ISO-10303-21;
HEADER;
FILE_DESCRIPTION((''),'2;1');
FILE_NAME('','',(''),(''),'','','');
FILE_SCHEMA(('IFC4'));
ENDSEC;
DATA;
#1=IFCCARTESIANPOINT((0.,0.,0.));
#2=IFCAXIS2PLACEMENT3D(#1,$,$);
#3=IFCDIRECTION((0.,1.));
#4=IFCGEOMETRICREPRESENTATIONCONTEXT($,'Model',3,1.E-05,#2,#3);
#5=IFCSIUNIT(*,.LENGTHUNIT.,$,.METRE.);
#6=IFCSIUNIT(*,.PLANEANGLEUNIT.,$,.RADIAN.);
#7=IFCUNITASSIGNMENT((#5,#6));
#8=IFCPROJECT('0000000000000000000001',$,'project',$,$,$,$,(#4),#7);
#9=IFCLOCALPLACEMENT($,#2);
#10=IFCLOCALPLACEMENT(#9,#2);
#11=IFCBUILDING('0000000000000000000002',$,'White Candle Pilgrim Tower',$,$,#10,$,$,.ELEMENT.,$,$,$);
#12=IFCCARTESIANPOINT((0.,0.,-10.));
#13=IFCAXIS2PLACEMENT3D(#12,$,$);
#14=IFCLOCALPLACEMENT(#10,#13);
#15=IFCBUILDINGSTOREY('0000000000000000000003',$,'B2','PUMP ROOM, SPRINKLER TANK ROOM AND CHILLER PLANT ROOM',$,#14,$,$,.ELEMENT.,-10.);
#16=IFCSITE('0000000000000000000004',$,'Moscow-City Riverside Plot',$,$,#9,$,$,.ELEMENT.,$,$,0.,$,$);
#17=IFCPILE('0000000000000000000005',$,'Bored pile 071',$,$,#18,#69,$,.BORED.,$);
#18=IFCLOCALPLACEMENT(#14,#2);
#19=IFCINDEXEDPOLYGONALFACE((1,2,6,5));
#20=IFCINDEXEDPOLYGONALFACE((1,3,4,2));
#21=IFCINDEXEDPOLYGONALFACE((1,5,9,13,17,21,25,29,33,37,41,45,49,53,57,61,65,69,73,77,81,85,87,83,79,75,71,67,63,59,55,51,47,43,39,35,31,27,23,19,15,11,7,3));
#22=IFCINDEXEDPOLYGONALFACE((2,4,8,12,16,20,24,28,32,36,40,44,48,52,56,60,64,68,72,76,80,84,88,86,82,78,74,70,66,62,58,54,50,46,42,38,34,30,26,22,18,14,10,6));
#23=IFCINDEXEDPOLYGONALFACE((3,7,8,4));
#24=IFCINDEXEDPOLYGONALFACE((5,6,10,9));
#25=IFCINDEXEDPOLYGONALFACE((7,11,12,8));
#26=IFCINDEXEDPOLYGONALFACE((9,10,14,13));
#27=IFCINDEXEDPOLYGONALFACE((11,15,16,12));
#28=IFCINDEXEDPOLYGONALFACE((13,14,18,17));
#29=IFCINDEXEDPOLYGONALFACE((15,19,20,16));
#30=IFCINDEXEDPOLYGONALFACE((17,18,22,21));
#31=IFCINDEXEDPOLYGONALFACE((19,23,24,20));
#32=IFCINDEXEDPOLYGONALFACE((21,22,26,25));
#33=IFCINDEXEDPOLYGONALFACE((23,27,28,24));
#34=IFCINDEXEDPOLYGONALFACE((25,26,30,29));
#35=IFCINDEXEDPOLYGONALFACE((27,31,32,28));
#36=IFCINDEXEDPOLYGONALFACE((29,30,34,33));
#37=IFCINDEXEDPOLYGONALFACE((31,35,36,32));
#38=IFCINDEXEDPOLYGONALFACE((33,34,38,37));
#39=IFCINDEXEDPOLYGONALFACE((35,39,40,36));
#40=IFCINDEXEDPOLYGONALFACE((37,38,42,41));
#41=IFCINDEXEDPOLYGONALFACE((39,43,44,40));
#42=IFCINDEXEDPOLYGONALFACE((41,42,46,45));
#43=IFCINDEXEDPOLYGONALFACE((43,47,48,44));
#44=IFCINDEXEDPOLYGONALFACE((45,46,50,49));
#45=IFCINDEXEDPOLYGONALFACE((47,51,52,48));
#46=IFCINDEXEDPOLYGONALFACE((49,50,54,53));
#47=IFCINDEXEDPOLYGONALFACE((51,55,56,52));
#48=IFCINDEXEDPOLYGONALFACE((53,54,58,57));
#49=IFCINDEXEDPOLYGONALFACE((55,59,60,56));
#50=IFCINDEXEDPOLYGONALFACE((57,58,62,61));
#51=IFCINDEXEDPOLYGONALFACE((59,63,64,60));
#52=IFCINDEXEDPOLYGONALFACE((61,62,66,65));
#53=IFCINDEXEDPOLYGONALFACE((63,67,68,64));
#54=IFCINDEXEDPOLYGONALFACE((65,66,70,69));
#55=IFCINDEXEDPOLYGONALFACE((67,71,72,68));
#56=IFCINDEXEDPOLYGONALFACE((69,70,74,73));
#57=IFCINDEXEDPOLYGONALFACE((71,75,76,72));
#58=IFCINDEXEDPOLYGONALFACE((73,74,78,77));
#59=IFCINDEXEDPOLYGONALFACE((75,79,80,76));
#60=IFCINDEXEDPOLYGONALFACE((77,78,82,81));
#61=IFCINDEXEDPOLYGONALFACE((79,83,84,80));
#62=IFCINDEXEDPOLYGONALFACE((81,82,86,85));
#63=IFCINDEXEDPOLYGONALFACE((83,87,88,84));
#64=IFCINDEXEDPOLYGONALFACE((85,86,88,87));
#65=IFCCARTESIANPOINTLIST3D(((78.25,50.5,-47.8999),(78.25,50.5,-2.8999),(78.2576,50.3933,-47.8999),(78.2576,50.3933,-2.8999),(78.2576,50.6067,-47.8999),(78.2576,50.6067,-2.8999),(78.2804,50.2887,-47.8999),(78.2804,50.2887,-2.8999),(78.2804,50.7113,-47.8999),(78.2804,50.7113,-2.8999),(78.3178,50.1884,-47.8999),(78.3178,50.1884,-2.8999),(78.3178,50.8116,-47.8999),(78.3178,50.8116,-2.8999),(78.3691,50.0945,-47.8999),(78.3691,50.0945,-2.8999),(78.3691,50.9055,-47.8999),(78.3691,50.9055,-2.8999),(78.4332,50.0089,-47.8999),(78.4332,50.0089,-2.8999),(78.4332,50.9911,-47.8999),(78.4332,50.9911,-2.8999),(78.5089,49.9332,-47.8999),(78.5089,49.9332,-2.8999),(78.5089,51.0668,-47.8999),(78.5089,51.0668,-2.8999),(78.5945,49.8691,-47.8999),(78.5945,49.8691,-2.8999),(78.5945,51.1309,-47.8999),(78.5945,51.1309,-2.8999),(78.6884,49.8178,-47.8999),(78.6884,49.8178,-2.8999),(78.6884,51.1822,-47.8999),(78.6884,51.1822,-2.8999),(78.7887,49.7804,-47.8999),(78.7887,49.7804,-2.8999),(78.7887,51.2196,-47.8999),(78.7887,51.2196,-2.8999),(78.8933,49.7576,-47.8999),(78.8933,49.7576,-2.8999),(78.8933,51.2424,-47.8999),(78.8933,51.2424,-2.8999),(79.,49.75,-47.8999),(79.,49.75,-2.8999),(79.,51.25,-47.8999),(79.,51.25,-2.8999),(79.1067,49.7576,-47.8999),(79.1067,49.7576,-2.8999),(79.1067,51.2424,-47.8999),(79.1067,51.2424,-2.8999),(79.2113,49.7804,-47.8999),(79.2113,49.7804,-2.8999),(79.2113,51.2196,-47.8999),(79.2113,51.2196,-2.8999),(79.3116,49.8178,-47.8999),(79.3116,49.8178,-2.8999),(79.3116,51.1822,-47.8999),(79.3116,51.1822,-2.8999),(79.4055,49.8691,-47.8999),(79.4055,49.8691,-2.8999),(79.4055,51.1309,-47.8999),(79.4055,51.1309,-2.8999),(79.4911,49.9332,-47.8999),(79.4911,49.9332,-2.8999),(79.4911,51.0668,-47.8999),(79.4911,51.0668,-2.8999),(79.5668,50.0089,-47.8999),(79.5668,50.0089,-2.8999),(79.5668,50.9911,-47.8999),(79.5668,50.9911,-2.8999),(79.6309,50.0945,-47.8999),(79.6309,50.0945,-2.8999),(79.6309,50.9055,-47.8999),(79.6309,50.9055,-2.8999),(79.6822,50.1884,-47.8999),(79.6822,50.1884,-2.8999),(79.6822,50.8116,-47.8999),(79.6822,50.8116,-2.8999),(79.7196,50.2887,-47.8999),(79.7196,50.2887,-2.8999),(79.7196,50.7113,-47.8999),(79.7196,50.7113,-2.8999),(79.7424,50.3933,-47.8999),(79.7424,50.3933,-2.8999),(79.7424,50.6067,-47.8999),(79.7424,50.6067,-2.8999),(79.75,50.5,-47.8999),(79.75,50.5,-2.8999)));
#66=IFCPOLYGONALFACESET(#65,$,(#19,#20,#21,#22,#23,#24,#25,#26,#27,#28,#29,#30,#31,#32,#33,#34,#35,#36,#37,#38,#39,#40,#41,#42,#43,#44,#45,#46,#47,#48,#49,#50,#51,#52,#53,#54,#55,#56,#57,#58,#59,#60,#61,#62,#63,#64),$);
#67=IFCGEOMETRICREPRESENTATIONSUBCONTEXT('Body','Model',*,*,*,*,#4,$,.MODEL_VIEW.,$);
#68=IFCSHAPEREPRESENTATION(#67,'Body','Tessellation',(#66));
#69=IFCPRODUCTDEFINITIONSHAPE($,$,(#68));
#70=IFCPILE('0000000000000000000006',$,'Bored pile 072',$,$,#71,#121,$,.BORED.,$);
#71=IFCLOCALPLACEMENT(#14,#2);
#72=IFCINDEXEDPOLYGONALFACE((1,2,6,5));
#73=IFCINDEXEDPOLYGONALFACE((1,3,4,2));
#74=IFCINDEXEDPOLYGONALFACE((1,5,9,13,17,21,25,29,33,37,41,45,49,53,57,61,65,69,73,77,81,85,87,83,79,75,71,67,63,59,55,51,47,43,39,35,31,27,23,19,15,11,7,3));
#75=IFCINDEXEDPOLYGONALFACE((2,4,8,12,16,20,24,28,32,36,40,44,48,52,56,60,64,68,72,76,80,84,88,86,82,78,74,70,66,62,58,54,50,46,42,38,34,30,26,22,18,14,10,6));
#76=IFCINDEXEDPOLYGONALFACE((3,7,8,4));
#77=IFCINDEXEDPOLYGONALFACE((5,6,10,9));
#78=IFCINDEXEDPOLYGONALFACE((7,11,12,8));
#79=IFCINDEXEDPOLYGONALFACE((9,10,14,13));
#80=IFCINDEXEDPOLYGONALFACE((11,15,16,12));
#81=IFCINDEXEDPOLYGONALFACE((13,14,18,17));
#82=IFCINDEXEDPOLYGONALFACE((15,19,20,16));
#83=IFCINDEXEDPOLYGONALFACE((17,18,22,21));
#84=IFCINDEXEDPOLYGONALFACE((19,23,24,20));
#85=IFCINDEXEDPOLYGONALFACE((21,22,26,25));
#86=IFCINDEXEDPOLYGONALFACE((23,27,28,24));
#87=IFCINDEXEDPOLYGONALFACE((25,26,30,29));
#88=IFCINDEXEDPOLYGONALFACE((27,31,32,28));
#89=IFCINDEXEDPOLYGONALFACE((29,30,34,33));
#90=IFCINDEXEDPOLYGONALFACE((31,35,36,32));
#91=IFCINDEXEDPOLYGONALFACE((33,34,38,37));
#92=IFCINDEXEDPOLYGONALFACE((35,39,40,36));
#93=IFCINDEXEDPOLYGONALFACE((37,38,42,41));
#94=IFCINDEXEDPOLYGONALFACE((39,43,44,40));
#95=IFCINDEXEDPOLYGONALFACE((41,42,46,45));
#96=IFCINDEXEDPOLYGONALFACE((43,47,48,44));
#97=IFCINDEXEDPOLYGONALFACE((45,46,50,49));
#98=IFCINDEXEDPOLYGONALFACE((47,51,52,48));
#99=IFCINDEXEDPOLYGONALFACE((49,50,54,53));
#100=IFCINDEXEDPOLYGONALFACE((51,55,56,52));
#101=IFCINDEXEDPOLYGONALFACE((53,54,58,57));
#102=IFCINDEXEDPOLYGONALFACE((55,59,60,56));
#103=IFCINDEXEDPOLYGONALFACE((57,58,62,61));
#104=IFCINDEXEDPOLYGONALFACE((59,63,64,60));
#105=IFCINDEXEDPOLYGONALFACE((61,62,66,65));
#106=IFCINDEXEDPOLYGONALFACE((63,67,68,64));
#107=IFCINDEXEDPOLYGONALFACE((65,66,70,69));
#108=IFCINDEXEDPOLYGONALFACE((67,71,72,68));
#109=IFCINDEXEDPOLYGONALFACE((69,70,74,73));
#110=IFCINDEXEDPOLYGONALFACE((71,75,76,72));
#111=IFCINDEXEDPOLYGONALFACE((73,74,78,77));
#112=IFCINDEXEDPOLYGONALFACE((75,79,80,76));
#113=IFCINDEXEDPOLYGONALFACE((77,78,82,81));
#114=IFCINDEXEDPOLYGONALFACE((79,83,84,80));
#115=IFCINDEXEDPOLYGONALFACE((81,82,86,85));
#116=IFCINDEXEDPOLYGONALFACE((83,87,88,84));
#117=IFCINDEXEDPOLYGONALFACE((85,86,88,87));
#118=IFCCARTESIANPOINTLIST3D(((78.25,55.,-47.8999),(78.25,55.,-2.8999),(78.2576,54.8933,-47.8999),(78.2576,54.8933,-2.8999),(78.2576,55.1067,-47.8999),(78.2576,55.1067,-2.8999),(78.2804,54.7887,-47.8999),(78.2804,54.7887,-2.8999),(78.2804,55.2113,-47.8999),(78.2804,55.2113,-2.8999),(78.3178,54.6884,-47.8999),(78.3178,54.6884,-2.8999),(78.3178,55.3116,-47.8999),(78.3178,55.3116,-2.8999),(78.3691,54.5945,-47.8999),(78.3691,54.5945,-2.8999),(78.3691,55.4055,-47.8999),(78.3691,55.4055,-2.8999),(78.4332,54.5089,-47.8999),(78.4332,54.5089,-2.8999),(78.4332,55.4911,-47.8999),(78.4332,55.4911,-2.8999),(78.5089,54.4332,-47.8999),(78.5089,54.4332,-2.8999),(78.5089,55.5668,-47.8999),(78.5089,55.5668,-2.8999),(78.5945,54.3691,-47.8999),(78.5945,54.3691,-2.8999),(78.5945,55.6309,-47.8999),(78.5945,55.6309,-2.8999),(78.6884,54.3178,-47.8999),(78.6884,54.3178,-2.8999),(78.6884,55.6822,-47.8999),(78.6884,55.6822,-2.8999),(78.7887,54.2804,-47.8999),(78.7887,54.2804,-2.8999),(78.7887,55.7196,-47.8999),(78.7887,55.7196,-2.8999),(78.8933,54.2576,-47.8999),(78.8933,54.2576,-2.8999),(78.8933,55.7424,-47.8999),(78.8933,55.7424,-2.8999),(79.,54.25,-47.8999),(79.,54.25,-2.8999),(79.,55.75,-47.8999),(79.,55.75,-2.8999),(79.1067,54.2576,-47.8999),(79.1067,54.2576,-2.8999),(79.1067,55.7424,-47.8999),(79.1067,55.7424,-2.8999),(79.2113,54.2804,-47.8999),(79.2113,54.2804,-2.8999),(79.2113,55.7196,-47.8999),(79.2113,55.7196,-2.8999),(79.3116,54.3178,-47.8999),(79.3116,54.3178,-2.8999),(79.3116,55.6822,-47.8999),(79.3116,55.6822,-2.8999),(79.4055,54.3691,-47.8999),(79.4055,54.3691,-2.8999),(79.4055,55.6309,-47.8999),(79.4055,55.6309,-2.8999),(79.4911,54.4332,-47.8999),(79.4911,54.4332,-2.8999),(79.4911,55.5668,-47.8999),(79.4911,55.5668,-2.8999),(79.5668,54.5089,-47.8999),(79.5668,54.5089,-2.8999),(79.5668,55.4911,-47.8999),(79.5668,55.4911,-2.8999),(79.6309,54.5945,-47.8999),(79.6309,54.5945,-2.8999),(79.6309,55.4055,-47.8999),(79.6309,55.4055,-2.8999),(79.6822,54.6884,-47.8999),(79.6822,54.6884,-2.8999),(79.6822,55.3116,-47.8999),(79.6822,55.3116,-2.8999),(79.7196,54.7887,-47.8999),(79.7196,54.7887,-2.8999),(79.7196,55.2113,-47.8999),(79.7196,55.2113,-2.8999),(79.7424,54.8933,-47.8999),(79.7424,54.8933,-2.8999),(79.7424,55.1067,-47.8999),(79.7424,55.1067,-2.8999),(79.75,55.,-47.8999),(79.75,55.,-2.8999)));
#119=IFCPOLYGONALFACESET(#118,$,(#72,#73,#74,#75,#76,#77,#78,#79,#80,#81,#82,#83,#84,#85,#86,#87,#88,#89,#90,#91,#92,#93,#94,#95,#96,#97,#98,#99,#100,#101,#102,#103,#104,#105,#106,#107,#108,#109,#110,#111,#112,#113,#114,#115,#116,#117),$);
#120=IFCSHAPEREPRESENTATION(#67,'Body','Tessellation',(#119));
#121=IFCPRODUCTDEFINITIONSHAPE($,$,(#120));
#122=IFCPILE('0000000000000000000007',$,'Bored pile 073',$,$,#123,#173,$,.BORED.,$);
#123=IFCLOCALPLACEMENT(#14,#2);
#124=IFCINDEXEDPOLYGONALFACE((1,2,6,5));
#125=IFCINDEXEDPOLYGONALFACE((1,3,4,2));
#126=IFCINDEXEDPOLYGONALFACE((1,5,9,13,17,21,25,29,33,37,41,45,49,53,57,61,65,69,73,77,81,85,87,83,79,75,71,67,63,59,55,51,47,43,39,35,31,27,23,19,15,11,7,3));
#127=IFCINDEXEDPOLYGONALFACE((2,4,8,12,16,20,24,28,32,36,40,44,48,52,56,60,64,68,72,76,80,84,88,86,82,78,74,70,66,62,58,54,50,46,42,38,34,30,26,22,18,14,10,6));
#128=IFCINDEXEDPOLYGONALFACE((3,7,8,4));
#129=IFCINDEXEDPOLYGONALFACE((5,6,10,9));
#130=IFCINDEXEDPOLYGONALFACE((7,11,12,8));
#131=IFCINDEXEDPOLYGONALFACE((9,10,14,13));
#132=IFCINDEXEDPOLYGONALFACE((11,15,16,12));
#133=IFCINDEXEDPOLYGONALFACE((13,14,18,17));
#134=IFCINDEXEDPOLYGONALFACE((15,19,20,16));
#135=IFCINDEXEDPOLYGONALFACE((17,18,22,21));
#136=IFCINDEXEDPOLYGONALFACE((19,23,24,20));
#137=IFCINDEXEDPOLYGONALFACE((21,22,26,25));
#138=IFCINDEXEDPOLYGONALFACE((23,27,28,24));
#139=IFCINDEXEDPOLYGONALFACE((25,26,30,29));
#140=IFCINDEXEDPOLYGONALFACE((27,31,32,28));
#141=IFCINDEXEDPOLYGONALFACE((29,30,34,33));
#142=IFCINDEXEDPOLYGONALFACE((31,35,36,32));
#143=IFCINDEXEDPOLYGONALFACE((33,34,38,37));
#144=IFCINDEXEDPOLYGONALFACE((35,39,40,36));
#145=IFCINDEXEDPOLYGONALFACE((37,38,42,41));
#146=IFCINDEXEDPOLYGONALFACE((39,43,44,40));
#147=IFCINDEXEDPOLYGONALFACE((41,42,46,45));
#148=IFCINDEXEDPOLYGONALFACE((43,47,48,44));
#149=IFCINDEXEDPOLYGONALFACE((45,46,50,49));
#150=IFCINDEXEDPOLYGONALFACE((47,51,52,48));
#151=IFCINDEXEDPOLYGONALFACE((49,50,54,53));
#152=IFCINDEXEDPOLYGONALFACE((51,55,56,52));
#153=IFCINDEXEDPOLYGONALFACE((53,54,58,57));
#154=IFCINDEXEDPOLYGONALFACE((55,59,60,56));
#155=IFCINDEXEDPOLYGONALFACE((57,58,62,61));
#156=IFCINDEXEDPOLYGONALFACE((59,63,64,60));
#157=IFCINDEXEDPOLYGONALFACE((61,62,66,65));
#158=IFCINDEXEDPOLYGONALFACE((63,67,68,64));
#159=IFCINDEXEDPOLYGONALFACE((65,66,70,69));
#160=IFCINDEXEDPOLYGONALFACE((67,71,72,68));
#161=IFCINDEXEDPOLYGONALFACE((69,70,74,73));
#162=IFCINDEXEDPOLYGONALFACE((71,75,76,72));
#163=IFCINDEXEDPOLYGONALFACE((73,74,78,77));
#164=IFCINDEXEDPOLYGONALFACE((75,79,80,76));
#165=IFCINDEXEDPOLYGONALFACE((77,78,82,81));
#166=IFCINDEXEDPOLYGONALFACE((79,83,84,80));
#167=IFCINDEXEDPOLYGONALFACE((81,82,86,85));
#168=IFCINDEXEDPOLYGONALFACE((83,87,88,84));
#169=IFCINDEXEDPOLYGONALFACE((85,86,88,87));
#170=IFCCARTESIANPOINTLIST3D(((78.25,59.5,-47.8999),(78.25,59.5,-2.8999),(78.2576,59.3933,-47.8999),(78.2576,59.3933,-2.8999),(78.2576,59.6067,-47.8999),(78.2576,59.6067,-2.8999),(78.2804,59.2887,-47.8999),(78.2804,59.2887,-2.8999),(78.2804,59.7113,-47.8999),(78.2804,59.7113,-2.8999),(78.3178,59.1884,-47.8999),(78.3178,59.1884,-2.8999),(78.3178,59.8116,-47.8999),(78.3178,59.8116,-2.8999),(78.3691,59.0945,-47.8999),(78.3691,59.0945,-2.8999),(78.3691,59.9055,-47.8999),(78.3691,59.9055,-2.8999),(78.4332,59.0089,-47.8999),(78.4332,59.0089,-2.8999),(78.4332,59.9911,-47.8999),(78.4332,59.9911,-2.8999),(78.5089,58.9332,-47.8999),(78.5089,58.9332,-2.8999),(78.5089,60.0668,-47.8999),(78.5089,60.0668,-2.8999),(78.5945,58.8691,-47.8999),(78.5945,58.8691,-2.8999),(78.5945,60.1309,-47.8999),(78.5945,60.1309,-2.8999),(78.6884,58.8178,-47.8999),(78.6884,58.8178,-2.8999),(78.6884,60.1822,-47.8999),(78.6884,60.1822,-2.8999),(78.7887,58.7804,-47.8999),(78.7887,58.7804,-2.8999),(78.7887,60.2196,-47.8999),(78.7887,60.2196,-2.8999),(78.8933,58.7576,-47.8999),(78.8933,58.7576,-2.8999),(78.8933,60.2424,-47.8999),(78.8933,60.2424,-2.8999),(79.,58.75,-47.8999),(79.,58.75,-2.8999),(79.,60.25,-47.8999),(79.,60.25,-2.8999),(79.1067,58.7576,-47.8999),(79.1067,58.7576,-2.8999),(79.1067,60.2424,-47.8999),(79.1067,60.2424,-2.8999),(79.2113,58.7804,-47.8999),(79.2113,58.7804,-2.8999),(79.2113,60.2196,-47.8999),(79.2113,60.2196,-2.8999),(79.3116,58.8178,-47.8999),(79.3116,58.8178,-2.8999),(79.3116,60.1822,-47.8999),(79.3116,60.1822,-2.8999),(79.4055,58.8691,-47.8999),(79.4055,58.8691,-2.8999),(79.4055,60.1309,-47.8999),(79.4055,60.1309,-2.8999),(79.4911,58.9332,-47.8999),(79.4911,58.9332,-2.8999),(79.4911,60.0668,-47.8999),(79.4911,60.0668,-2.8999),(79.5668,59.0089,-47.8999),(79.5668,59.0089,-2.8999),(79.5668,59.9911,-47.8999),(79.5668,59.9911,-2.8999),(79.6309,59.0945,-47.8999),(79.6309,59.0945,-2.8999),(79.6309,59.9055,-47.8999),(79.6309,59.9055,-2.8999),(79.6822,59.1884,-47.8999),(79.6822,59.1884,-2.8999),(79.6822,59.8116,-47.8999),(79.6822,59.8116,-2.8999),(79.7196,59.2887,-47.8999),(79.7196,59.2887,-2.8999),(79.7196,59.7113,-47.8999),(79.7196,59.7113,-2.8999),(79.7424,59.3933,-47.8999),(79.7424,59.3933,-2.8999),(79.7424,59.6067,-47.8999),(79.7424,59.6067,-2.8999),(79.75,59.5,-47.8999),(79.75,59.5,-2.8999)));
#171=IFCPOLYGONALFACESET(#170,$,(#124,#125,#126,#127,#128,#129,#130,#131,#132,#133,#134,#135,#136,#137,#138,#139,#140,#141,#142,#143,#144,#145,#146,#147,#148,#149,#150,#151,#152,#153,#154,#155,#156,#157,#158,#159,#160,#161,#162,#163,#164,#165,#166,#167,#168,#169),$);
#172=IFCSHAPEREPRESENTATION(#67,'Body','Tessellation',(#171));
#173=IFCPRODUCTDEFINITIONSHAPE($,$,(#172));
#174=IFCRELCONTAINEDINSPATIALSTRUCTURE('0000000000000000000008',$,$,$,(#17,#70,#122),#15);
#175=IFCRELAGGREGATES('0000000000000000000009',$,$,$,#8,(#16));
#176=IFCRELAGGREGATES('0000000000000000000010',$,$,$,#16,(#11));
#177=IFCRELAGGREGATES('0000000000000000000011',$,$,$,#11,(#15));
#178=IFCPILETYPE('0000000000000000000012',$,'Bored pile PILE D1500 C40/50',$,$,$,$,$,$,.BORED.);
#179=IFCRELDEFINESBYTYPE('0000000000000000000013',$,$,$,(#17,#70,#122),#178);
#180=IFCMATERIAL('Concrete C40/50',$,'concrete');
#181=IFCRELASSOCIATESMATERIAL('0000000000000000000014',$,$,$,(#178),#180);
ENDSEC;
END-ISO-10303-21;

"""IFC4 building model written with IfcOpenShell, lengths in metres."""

from ifc_helpers import new_model, si_unit, direction, frame, origin, origin_2d, place, context, subcontext, project, spatial, circle, extrude, material, material_profile, profile_set, type_object, element, save


model = new_model("IFC4")

# Units and contexts
model_context = context("Model", 3, precision=1e-05, world=origin(), true_north=direction((0.0, 1.0)))
body_context = subcontext(model_context, "Body", "Model", "MODEL_VIEW")
ifc_project = project(units=[si_unit("LENGTHUNIT", "METRE"), si_unit("PLANEANGLEUNIT", "RADIAN")], contexts=[model_context])

# Site, building, storey
site_placement = place(None, origin())
site = spatial("IfcSite", under=ifc_project, at=site_placement, Name="Moscow-City Riverside Plot", CompositionType="ELEMENT", RefElevation=0.0)
building_placement = place(site_placement, origin())
building = spatial("IfcBuilding", under=site, at=building_placement, Name="White Candle Pilgrim Tower", CompositionType="ELEMENT")
storey_placement = place(building_placement, frame((0.0, 0.0, -10.0)))
storey = spatial("IfcBuildingStorey", under=building, at=storey_placement, Name="B2", Description="PUMP ROOM, SPRINKLER TANK ROOM AND CHILLER PLANT ROOM", CompositionType="ELEMENT", Elevation=-10.0)

# Piles
ifc_material_1 = material(Name="Concrete C40/50", Category="concrete")
ifc_material_profile_1 = material_profile(ifc_material_1, circle(Radius=0.75, at=origin_2d()), Name="PILE D1500")
ifc_profile_set_1 = profile_set([ifc_material_profile_1], Name="Concrete C40/50")
pile_type = type_object("IfcPileType", Name="Bored pile PILE D1500 C40/50", PredefinedType="BORED", material=ifc_profile_set_1)
for number, where, z_axis, x_axis, name in (
    (1, (79.0, 50.5, -2.8999), (0.0, 0.0, -1.0), (1.0, 0.0, 0.0), "Bored pile 071"),
    (2, (79.0, 55.0, -2.8999), (0.0, 0.0, -1.0), (1.0, 0.0, 0.0), "Bored pile 072"),
    (3, (79.0, 59.5, -2.8999), (0.0, 0.0, -1.0), (1.0, 0.0, 0.0), "Bored pile 073"),
):
    element("IfcPile", number, at=place(storey_placement, frame(where, z_axis=z_axis, x_axis=x_axis)), inside=storey, type_object=pile_type, Name=name, PredefinedType="BORED", context=body_context, shape_type="SweptSolid", body=[
        extrude(circle(Radius=0.75, at=origin_2d()), origin(), (0.0, 0.0, 1.0), 45.0),
    ])

save(model, "model.ifc")
